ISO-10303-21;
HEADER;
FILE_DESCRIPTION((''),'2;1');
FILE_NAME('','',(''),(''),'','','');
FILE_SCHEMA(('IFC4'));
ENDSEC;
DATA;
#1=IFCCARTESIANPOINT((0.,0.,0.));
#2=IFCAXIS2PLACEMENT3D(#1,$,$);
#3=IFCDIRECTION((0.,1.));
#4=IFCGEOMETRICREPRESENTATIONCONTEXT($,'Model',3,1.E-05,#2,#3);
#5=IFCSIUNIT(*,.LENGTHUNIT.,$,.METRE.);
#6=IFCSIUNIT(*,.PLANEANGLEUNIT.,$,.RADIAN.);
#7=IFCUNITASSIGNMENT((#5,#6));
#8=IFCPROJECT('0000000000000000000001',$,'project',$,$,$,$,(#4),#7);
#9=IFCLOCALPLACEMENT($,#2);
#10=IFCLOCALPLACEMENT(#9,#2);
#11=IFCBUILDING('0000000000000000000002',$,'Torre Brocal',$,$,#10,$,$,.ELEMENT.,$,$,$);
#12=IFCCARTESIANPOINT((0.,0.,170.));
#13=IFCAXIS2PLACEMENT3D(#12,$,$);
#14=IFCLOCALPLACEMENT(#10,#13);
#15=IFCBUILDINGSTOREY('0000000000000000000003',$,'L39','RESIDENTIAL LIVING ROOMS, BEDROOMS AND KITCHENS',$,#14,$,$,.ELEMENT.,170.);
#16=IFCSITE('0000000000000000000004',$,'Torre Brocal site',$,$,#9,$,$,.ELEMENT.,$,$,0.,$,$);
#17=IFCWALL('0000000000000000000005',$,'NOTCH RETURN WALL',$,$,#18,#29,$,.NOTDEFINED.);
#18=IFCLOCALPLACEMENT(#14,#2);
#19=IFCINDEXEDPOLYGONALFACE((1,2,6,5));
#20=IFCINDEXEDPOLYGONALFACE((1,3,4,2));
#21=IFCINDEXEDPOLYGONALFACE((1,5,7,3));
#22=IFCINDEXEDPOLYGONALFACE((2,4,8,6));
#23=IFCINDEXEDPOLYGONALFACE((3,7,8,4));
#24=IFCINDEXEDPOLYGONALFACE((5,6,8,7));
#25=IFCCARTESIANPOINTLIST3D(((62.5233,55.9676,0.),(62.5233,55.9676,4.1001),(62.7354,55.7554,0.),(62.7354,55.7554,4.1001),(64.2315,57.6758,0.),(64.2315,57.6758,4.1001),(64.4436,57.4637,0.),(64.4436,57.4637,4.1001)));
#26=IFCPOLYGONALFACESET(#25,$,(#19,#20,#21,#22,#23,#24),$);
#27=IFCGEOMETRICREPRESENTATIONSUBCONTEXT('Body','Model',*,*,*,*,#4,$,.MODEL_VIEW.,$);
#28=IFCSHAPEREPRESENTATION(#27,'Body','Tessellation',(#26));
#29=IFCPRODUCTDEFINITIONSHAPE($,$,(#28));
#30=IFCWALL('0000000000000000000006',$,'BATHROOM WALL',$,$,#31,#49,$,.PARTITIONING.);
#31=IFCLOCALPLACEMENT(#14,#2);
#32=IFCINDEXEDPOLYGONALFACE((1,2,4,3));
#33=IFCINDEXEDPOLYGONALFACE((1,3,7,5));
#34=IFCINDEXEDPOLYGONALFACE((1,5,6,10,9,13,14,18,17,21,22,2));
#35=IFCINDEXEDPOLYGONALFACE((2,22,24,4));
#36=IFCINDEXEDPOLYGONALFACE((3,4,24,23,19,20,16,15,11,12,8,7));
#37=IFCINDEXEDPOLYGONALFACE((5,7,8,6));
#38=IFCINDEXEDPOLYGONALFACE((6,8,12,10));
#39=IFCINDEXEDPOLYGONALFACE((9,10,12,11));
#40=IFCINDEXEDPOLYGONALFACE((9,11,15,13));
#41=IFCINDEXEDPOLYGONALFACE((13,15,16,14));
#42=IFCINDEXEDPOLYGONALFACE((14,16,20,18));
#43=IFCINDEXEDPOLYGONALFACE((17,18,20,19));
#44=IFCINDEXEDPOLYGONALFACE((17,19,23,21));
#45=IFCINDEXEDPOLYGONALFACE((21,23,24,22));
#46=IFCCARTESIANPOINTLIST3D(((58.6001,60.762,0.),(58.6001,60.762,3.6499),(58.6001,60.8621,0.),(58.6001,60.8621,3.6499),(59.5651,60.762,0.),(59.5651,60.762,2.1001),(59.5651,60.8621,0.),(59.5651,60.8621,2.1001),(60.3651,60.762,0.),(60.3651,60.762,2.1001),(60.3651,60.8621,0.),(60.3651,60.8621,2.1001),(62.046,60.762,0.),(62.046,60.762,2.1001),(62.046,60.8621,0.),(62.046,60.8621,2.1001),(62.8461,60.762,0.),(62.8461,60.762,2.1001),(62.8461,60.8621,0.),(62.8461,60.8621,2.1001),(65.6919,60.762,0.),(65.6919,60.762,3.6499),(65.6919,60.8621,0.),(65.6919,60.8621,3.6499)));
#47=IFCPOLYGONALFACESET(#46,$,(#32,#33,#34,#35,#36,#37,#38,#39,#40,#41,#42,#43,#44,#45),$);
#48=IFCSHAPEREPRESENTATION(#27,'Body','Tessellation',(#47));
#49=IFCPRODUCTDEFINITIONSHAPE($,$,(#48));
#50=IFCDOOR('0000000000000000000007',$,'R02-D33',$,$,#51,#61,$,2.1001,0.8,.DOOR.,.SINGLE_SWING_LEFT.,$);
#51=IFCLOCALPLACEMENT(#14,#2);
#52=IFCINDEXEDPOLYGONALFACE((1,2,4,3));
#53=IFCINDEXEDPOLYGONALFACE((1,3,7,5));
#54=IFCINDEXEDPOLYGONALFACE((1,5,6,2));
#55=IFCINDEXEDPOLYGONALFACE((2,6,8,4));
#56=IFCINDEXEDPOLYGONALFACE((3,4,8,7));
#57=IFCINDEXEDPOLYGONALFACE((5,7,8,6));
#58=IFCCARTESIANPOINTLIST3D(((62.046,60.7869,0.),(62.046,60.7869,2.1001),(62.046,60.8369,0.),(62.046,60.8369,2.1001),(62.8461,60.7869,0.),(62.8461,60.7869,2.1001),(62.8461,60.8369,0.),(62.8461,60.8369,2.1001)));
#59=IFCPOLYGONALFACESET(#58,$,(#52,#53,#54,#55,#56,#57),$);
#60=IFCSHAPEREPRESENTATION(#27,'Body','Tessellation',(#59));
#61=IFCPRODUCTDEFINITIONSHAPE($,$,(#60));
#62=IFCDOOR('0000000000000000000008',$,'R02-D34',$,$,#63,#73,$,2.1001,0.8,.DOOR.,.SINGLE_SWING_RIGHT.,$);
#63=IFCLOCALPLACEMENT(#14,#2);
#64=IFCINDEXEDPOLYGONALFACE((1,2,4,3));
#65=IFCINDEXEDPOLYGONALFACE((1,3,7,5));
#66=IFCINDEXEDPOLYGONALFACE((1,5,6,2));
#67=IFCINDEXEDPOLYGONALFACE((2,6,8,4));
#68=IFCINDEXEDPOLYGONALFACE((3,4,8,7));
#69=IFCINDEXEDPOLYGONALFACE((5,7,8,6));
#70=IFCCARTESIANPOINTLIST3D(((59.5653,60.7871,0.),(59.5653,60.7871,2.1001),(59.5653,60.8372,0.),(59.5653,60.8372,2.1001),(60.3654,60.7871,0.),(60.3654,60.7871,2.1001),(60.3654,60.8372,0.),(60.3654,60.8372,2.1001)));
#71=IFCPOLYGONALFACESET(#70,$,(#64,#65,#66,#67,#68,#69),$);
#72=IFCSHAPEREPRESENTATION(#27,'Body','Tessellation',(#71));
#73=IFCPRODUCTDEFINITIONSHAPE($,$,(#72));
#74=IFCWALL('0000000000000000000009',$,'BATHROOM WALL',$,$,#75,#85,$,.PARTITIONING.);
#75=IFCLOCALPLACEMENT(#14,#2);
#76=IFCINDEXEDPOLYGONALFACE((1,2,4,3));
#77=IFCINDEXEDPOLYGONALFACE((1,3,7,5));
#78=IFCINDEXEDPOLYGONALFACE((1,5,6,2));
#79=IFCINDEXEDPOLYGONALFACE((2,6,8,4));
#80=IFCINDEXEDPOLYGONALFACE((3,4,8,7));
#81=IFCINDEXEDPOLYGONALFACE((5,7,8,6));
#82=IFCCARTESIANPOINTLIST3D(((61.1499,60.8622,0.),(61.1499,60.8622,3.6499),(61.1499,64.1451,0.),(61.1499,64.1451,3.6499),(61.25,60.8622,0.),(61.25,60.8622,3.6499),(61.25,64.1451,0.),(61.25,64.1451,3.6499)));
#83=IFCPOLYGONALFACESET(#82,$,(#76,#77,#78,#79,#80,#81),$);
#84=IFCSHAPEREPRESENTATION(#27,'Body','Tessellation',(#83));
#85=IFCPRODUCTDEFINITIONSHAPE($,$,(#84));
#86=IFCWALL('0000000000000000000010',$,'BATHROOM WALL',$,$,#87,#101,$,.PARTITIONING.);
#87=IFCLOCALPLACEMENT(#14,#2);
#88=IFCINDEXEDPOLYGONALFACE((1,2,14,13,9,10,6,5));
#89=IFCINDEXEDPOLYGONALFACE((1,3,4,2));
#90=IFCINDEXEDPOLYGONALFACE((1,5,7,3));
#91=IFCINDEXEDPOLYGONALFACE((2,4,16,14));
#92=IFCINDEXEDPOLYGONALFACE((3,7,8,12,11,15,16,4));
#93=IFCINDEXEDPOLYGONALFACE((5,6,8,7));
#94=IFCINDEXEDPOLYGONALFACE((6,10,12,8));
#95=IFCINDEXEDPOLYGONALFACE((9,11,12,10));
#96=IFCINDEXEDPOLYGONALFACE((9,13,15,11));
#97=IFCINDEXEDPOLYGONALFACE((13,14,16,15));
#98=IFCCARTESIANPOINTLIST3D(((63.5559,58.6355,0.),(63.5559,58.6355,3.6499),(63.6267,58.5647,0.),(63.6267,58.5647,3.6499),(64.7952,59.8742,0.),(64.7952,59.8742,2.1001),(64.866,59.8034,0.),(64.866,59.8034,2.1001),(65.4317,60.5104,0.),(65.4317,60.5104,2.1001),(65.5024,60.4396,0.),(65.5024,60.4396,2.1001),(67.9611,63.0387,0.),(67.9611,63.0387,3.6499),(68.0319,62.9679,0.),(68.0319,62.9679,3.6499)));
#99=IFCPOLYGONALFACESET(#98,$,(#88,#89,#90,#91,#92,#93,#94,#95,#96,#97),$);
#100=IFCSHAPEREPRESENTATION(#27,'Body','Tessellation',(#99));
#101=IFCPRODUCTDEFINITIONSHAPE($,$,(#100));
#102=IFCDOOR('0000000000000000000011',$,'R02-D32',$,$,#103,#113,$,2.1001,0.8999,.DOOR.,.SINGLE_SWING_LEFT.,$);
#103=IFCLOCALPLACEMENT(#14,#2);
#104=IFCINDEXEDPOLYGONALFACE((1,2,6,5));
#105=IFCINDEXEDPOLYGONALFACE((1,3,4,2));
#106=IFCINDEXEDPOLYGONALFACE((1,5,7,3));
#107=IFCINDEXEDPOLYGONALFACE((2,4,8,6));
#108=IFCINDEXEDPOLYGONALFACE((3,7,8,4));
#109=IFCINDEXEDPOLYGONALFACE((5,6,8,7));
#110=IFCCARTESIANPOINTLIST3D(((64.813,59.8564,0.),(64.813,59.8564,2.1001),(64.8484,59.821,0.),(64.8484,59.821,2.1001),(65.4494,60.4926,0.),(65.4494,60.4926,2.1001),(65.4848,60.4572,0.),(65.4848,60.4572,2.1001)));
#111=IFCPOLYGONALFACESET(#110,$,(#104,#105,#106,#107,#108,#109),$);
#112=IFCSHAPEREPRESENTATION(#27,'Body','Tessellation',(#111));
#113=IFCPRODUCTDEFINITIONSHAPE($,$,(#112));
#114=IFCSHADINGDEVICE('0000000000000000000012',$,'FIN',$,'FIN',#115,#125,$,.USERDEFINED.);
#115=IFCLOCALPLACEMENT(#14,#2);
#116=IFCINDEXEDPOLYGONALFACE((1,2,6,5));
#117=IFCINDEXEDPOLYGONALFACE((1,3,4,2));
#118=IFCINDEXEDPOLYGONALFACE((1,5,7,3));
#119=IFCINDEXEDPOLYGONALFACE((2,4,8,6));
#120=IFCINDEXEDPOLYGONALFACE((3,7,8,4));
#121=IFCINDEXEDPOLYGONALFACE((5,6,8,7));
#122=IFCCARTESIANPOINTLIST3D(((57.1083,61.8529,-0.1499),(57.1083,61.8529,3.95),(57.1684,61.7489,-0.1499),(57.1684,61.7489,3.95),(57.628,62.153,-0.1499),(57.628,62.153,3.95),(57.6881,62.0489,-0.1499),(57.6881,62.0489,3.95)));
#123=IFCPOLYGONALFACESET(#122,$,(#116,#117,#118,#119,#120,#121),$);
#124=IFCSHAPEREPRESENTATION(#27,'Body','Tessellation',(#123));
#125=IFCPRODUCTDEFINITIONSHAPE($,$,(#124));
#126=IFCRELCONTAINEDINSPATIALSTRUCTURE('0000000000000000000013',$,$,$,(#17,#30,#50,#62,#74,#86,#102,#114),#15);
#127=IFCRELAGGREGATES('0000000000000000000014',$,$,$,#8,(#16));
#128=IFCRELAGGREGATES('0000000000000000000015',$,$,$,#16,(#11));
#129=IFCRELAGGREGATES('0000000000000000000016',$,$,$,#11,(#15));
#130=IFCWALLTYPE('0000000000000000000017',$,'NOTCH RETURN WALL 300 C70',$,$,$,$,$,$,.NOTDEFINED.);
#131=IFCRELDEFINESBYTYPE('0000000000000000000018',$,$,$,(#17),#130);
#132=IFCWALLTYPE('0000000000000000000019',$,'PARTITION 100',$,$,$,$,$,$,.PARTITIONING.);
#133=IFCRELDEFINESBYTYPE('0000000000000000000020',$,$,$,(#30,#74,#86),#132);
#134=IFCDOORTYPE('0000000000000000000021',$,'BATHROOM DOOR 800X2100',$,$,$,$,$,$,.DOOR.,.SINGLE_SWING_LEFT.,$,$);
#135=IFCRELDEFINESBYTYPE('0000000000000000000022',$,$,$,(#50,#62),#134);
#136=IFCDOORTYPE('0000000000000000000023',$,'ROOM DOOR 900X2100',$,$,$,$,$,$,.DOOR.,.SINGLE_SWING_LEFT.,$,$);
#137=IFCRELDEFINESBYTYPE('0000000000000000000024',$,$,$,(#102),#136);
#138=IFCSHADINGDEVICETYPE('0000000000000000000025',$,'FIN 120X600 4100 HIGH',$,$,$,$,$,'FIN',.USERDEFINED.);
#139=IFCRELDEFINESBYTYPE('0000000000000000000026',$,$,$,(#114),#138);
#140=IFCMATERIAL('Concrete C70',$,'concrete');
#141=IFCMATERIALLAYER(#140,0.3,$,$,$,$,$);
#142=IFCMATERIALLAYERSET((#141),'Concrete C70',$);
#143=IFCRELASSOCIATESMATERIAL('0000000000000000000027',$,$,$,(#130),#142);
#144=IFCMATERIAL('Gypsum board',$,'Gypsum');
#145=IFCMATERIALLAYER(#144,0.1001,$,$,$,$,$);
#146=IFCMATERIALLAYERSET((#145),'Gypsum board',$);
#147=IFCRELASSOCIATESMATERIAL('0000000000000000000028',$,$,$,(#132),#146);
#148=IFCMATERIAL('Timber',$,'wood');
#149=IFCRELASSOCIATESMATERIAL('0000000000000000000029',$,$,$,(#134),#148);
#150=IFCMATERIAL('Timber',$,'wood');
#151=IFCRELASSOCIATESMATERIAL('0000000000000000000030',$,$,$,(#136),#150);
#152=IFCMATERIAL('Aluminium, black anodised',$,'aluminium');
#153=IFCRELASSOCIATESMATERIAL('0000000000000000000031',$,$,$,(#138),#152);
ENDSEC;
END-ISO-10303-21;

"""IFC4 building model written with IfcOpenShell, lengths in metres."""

from ifc_helpers import new_model, si_unit, direction, frame, frame_2d, origin, origin_2d, place, context, subcontext, project, spatial, rectangle, extrude, material, layer, layer_set, material_profile, profile_set, type_object, element, fill, save


model = new_model("IFC4")

# Units and contexts
model_context = context("Model", 3, precision=1e-05, world=origin(), true_north=direction((0.0, 1.0)))
body_context = subcontext(model_context, "Body", "Model", "MODEL_VIEW")
ifc_project = project(units=[si_unit("LENGTHUNIT", "METRE"), si_unit("PLANEANGLEUNIT", "RADIAN")], contexts=[model_context])

# Site, building, storey
site_placement = place(None, origin())
site = spatial("IfcSite", under=ifc_project, at=site_placement, Name="Torre Brocal site", CompositionType="ELEMENT", RefElevation=0.0)
building_placement = place(site_placement, origin())
building = spatial("IfcBuilding", under=site, at=building_placement, Name="Torre Brocal", CompositionType="ELEMENT")
storey_placement = place(building_placement, frame((0.0, 0.0, 170.0)))
storey = spatial("IfcBuildingStorey", under=building, at=storey_placement, Name="L39", Description="RESIDENTIAL LIVING ROOMS, BEDROOMS AND KITCHENS", CompositionType="ELEMENT", Elevation=170.0)

# Wall
ifc_material_1 = material(Name="Concrete C70", Category="concrete")
ifc_layer_1 = layer(ifc_material_1, 0.3)
ifc_layer_set_1 = layer_set([ifc_layer_1], Name="Concrete C70")
wall_type_1 = type_object("IfcWallType", Name="NOTCH RETURN WALL 300 C70", PredefinedType="NOTDEFINED", material=ifc_layer_set_1)
for number, where, z_axis, x_axis, name in (
    (1, (64.3376, 57.5698, 0.0), (0.0, 0.0, 1.0), (-0.707107, -0.707107, 0.0), "NOTCH RETURN WALL"),
):
    element("IfcWall", number, at=place(storey_placement, frame(where, z_axis=z_axis, x_axis=x_axis)), inside=storey, type_object=wall_type_1, Name=name, PredefinedType="NOTDEFINED", context=body_context, shape_type="SweptSolid", body=[
        extrude(rectangle(XDim=2.4158, YDim=0.3, at=frame_2d((1.208, 0.0))), origin(), (0.0, 0.0, 1.0), 4.1001),
    ])

# Wall, openings, doors
ifc_material_2 = material(Name="Gypsum board", Category="Gypsum")
ifc_layer_2 = layer(ifc_material_2, 0.1001)
ifc_layer_set_2 = layer_set([ifc_layer_2], Name="Gypsum board")
wall_type_2 = type_object("IfcWallType", Name="PARTITION 100", PredefinedType="PARTITIONING", material=ifc_layer_set_2)
wall_1_placement = place(storey_placement, frame((58.6001, 60.812, 0.0), z_axis=(0.0, 0.0, 1.0), x_axis=(1.0, 0.0, 0.0)))
wall_1 = element("IfcWall", 2, at=wall_1_placement, inside=storey, type_object=wall_type_2, Name="BATHROOM WALL", PredefinedType="PARTITIONING", context=body_context, shape_type="SweptSolid", body=[
    extrude(rectangle(XDim=7.0918, YDim=0.1001, at=frame_2d((3.5459, 0.0))), origin(), (0.0, 0.0, 1.0), 3.6499),
])
opening_1_placement = place(wall_1_placement, frame((3.446, 0.0, 0.0)))
opening_1 = element("IfcOpeningElement", 3, at=opening_1_placement, cuts=wall_1, PredefinedType="OPENING", context=body_context, shape_type="SweptSolid", body=[
    extrude(rectangle(XDim=0.8, YDim=2.1001, at=frame_2d((0.3999, 1.05))), frame((0.0, 0.0601, 0.0), z_axis=(0.0, -1.0, 0.0), x_axis=(1.0, 0.0, 0.0)), (0.0, 0.0, 1.0), 0.1201),
])
opening_2_placement = place(wall_1_placement, frame((0.9651, 0.0, 0.0)))
opening_2 = element("IfcOpeningElement", 4, at=opening_2_placement, cuts=wall_1, PredefinedType="OPENING", context=body_context, shape_type="SweptSolid", body=[
    extrude(rectangle(XDim=0.8, YDim=2.1001, at=frame_2d((0.3999, 1.05))), frame((0.0, 0.0601, 0.0), z_axis=(0.0, -1.0, 0.0), x_axis=(1.0, 0.0, 0.0)), (0.0, 0.0, 1.0), 0.1201),
])
ifc_material_3 = material(Name="Timber", Category="wood")
door_type_1 = type_object("IfcDoorType", Name="BATHROOM DOOR 800X2100", OperationType="SINGLE_SWING_LEFT", PredefinedType="DOOR", material=ifc_material_3)
door_1_placement = place(opening_1_placement, origin())
door_1 = element("IfcDoor", 5, at=door_1_placement, inside=storey, type_object=door_type_1, Name="R02-D33", OperationType="SINGLE_SWING_LEFT", OverallHeight=2.1001, OverallWidth=0.8, PredefinedType="DOOR", context=body_context, shape_type="SweptSolid", body=[
    extrude(rectangle(XDim=0.8, YDim=2.1001, at=frame_2d((0.3999, 1.05))), frame((0.0, 0.0249, 0.0), z_axis=(0.0, -1.0, 0.0), x_axis=(1.0, 0.0, 0.0)), (0.0, 0.0, 1.0), 0.05),
])
fill(opening_1, door_1)
door_2_placement = place(opening_2_placement, frame((0.8, 0.0, 0.0), z_axis=(0.0, 0.0, 1.0), x_axis=(-1.0, 0.0, 0.0)))
door_2 = element("IfcDoor", 6, at=door_2_placement, inside=storey, type_object=door_type_1, Name="R02-D34", OperationType="SINGLE_SWING_RIGHT", OverallHeight=2.1001, OverallWidth=0.8, PredefinedType="DOOR", context=body_context, shape_type="SweptSolid", body=[
    extrude(rectangle(XDim=0.8, YDim=2.1001, at=frame_2d((0.3999, 1.05))), frame((0.0, 0.0249, 0.0), z_axis=(0.0, -1.0, 0.0), x_axis=(1.0, 0.0, 0.0)), (0.0, 0.0, 1.0), 0.05),
])
fill(opening_2, door_2)

# Wall
wall_2_placement = place(storey_placement, frame((61.2, 60.8621, 0.0), z_axis=(0.0, 0.0, 1.0), x_axis=(0.0, 1.0, 0.0)))
element("IfcWall", 7, at=wall_2_placement, inside=storey, type_object=wall_type_2, Name="BATHROOM WALL", PredefinedType="PARTITIONING", context=body_context, shape_type="SweptSolid", body=[
    extrude(rectangle(XDim=3.283, YDim=0.1001, at=frame_2d((1.6416, 0.0))), origin(), (0.0, 0.0, 1.0), 3.6499),
])

# Wall, opening, door
wall_3_placement = place(storey_placement, frame((63.5913, 58.6001, 0.0), z_axis=(0.0, 0.0, 1.0), x_axis=(0.707264, 0.70695, 0.0)))
wall_3 = element("IfcWall", 8, at=wall_3_placement, inside=storey, type_object=wall_type_2, Name="BATHROOM WALL", PredefinedType="PARTITIONING", context=body_context, shape_type="SweptSolid", body=[
    extrude(rectangle(XDim=6.2285, YDim=0.1001, at=frame_2d((3.1143, 0.0))), origin(), (0.0, 0.0, 1.0), 3.6499),
])
opening_3_placement = place(wall_3_placement, frame((1.7522, 0.0, 0.0)))
opening_3 = element("IfcOpeningElement", 9, at=opening_3_placement, cuts=wall_3, PredefinedType="OPENING", context=body_context, shape_type="SweptSolid", body=[
    extrude(rectangle(XDim=0.8999, YDim=2.1001, at=frame_2d((0.45, 1.05))), frame((0.0, 0.0601, 0.0), z_axis=(0.0, -1.0, 0.0), x_axis=(1.0, 0.0, 0.0)), (0.0, 0.0, 1.0), 0.1201),
])
ifc_material_4 = material(Name="Timber", Category="wood")
door_type_2 = type_object("IfcDoorType", Name="ROOM DOOR 900X2100", OperationType="SINGLE_SWING_LEFT", PredefinedType="DOOR", material=ifc_material_4)
door_3_placement = place(opening_3_placement, origin())
door_3 = element("IfcDoor", 10, at=door_3_placement, inside=storey, type_object=door_type_2, Name="R02-D32", OperationType="SINGLE_SWING_LEFT", OverallHeight=2.1001, OverallWidth=0.8999, PredefinedType="DOOR", context=body_context, shape_type="SweptSolid", body=[
    extrude(rectangle(XDim=0.8999, YDim=2.1001, at=frame_2d((0.45, 1.05))), frame((0.0, 0.0249, 0.0), z_axis=(0.0, -1.0, 0.0), x_axis=(1.0, 0.0, 0.0)), (0.0, 0.0, 1.0), 0.05),
])
fill(opening_3, door_3)

# Shading device
ifc_material_5 = material(Name="Aluminium, black anodised", Category="aluminium")
ifc_material_profile_1 = material_profile(ifc_material_5, rectangle(XDim=0.1201, YDim=0.6001, at=origin_2d()), Name="FIN 120X600 4100 HIGH")
ifc_profile_set_1 = profile_set([ifc_material_profile_1], Name="Aluminium, black anodised")
shading_device_type = type_object("IfcShadingDeviceType", Name="FIN 120X600 4100 HIGH", ElementType="FIN", PredefinedType="USERDEFINED", material=ifc_profile_set_1)
shading_device_placement = place(storey_placement, frame((57.3982, 61.9509, -0.1499), z_axis=(0.0, 0.0, 1.0), x_axis=(0.5, -0.866025, 0.0)))
element("IfcShadingDevice", 11, at=shading_device_placement, inside=storey, type_object=shading_device_type, Name="FIN", ObjectType="FIN", PredefinedType="USERDEFINED", context=body_context, shape_type="SweptSolid", body=[
    extrude(rectangle(XDim=0.1201, YDim=0.6001, at=origin_2d()), origin(), (0.0, 0.0, 1.0), 4.0999),
])

save(model, "model.ifc")
